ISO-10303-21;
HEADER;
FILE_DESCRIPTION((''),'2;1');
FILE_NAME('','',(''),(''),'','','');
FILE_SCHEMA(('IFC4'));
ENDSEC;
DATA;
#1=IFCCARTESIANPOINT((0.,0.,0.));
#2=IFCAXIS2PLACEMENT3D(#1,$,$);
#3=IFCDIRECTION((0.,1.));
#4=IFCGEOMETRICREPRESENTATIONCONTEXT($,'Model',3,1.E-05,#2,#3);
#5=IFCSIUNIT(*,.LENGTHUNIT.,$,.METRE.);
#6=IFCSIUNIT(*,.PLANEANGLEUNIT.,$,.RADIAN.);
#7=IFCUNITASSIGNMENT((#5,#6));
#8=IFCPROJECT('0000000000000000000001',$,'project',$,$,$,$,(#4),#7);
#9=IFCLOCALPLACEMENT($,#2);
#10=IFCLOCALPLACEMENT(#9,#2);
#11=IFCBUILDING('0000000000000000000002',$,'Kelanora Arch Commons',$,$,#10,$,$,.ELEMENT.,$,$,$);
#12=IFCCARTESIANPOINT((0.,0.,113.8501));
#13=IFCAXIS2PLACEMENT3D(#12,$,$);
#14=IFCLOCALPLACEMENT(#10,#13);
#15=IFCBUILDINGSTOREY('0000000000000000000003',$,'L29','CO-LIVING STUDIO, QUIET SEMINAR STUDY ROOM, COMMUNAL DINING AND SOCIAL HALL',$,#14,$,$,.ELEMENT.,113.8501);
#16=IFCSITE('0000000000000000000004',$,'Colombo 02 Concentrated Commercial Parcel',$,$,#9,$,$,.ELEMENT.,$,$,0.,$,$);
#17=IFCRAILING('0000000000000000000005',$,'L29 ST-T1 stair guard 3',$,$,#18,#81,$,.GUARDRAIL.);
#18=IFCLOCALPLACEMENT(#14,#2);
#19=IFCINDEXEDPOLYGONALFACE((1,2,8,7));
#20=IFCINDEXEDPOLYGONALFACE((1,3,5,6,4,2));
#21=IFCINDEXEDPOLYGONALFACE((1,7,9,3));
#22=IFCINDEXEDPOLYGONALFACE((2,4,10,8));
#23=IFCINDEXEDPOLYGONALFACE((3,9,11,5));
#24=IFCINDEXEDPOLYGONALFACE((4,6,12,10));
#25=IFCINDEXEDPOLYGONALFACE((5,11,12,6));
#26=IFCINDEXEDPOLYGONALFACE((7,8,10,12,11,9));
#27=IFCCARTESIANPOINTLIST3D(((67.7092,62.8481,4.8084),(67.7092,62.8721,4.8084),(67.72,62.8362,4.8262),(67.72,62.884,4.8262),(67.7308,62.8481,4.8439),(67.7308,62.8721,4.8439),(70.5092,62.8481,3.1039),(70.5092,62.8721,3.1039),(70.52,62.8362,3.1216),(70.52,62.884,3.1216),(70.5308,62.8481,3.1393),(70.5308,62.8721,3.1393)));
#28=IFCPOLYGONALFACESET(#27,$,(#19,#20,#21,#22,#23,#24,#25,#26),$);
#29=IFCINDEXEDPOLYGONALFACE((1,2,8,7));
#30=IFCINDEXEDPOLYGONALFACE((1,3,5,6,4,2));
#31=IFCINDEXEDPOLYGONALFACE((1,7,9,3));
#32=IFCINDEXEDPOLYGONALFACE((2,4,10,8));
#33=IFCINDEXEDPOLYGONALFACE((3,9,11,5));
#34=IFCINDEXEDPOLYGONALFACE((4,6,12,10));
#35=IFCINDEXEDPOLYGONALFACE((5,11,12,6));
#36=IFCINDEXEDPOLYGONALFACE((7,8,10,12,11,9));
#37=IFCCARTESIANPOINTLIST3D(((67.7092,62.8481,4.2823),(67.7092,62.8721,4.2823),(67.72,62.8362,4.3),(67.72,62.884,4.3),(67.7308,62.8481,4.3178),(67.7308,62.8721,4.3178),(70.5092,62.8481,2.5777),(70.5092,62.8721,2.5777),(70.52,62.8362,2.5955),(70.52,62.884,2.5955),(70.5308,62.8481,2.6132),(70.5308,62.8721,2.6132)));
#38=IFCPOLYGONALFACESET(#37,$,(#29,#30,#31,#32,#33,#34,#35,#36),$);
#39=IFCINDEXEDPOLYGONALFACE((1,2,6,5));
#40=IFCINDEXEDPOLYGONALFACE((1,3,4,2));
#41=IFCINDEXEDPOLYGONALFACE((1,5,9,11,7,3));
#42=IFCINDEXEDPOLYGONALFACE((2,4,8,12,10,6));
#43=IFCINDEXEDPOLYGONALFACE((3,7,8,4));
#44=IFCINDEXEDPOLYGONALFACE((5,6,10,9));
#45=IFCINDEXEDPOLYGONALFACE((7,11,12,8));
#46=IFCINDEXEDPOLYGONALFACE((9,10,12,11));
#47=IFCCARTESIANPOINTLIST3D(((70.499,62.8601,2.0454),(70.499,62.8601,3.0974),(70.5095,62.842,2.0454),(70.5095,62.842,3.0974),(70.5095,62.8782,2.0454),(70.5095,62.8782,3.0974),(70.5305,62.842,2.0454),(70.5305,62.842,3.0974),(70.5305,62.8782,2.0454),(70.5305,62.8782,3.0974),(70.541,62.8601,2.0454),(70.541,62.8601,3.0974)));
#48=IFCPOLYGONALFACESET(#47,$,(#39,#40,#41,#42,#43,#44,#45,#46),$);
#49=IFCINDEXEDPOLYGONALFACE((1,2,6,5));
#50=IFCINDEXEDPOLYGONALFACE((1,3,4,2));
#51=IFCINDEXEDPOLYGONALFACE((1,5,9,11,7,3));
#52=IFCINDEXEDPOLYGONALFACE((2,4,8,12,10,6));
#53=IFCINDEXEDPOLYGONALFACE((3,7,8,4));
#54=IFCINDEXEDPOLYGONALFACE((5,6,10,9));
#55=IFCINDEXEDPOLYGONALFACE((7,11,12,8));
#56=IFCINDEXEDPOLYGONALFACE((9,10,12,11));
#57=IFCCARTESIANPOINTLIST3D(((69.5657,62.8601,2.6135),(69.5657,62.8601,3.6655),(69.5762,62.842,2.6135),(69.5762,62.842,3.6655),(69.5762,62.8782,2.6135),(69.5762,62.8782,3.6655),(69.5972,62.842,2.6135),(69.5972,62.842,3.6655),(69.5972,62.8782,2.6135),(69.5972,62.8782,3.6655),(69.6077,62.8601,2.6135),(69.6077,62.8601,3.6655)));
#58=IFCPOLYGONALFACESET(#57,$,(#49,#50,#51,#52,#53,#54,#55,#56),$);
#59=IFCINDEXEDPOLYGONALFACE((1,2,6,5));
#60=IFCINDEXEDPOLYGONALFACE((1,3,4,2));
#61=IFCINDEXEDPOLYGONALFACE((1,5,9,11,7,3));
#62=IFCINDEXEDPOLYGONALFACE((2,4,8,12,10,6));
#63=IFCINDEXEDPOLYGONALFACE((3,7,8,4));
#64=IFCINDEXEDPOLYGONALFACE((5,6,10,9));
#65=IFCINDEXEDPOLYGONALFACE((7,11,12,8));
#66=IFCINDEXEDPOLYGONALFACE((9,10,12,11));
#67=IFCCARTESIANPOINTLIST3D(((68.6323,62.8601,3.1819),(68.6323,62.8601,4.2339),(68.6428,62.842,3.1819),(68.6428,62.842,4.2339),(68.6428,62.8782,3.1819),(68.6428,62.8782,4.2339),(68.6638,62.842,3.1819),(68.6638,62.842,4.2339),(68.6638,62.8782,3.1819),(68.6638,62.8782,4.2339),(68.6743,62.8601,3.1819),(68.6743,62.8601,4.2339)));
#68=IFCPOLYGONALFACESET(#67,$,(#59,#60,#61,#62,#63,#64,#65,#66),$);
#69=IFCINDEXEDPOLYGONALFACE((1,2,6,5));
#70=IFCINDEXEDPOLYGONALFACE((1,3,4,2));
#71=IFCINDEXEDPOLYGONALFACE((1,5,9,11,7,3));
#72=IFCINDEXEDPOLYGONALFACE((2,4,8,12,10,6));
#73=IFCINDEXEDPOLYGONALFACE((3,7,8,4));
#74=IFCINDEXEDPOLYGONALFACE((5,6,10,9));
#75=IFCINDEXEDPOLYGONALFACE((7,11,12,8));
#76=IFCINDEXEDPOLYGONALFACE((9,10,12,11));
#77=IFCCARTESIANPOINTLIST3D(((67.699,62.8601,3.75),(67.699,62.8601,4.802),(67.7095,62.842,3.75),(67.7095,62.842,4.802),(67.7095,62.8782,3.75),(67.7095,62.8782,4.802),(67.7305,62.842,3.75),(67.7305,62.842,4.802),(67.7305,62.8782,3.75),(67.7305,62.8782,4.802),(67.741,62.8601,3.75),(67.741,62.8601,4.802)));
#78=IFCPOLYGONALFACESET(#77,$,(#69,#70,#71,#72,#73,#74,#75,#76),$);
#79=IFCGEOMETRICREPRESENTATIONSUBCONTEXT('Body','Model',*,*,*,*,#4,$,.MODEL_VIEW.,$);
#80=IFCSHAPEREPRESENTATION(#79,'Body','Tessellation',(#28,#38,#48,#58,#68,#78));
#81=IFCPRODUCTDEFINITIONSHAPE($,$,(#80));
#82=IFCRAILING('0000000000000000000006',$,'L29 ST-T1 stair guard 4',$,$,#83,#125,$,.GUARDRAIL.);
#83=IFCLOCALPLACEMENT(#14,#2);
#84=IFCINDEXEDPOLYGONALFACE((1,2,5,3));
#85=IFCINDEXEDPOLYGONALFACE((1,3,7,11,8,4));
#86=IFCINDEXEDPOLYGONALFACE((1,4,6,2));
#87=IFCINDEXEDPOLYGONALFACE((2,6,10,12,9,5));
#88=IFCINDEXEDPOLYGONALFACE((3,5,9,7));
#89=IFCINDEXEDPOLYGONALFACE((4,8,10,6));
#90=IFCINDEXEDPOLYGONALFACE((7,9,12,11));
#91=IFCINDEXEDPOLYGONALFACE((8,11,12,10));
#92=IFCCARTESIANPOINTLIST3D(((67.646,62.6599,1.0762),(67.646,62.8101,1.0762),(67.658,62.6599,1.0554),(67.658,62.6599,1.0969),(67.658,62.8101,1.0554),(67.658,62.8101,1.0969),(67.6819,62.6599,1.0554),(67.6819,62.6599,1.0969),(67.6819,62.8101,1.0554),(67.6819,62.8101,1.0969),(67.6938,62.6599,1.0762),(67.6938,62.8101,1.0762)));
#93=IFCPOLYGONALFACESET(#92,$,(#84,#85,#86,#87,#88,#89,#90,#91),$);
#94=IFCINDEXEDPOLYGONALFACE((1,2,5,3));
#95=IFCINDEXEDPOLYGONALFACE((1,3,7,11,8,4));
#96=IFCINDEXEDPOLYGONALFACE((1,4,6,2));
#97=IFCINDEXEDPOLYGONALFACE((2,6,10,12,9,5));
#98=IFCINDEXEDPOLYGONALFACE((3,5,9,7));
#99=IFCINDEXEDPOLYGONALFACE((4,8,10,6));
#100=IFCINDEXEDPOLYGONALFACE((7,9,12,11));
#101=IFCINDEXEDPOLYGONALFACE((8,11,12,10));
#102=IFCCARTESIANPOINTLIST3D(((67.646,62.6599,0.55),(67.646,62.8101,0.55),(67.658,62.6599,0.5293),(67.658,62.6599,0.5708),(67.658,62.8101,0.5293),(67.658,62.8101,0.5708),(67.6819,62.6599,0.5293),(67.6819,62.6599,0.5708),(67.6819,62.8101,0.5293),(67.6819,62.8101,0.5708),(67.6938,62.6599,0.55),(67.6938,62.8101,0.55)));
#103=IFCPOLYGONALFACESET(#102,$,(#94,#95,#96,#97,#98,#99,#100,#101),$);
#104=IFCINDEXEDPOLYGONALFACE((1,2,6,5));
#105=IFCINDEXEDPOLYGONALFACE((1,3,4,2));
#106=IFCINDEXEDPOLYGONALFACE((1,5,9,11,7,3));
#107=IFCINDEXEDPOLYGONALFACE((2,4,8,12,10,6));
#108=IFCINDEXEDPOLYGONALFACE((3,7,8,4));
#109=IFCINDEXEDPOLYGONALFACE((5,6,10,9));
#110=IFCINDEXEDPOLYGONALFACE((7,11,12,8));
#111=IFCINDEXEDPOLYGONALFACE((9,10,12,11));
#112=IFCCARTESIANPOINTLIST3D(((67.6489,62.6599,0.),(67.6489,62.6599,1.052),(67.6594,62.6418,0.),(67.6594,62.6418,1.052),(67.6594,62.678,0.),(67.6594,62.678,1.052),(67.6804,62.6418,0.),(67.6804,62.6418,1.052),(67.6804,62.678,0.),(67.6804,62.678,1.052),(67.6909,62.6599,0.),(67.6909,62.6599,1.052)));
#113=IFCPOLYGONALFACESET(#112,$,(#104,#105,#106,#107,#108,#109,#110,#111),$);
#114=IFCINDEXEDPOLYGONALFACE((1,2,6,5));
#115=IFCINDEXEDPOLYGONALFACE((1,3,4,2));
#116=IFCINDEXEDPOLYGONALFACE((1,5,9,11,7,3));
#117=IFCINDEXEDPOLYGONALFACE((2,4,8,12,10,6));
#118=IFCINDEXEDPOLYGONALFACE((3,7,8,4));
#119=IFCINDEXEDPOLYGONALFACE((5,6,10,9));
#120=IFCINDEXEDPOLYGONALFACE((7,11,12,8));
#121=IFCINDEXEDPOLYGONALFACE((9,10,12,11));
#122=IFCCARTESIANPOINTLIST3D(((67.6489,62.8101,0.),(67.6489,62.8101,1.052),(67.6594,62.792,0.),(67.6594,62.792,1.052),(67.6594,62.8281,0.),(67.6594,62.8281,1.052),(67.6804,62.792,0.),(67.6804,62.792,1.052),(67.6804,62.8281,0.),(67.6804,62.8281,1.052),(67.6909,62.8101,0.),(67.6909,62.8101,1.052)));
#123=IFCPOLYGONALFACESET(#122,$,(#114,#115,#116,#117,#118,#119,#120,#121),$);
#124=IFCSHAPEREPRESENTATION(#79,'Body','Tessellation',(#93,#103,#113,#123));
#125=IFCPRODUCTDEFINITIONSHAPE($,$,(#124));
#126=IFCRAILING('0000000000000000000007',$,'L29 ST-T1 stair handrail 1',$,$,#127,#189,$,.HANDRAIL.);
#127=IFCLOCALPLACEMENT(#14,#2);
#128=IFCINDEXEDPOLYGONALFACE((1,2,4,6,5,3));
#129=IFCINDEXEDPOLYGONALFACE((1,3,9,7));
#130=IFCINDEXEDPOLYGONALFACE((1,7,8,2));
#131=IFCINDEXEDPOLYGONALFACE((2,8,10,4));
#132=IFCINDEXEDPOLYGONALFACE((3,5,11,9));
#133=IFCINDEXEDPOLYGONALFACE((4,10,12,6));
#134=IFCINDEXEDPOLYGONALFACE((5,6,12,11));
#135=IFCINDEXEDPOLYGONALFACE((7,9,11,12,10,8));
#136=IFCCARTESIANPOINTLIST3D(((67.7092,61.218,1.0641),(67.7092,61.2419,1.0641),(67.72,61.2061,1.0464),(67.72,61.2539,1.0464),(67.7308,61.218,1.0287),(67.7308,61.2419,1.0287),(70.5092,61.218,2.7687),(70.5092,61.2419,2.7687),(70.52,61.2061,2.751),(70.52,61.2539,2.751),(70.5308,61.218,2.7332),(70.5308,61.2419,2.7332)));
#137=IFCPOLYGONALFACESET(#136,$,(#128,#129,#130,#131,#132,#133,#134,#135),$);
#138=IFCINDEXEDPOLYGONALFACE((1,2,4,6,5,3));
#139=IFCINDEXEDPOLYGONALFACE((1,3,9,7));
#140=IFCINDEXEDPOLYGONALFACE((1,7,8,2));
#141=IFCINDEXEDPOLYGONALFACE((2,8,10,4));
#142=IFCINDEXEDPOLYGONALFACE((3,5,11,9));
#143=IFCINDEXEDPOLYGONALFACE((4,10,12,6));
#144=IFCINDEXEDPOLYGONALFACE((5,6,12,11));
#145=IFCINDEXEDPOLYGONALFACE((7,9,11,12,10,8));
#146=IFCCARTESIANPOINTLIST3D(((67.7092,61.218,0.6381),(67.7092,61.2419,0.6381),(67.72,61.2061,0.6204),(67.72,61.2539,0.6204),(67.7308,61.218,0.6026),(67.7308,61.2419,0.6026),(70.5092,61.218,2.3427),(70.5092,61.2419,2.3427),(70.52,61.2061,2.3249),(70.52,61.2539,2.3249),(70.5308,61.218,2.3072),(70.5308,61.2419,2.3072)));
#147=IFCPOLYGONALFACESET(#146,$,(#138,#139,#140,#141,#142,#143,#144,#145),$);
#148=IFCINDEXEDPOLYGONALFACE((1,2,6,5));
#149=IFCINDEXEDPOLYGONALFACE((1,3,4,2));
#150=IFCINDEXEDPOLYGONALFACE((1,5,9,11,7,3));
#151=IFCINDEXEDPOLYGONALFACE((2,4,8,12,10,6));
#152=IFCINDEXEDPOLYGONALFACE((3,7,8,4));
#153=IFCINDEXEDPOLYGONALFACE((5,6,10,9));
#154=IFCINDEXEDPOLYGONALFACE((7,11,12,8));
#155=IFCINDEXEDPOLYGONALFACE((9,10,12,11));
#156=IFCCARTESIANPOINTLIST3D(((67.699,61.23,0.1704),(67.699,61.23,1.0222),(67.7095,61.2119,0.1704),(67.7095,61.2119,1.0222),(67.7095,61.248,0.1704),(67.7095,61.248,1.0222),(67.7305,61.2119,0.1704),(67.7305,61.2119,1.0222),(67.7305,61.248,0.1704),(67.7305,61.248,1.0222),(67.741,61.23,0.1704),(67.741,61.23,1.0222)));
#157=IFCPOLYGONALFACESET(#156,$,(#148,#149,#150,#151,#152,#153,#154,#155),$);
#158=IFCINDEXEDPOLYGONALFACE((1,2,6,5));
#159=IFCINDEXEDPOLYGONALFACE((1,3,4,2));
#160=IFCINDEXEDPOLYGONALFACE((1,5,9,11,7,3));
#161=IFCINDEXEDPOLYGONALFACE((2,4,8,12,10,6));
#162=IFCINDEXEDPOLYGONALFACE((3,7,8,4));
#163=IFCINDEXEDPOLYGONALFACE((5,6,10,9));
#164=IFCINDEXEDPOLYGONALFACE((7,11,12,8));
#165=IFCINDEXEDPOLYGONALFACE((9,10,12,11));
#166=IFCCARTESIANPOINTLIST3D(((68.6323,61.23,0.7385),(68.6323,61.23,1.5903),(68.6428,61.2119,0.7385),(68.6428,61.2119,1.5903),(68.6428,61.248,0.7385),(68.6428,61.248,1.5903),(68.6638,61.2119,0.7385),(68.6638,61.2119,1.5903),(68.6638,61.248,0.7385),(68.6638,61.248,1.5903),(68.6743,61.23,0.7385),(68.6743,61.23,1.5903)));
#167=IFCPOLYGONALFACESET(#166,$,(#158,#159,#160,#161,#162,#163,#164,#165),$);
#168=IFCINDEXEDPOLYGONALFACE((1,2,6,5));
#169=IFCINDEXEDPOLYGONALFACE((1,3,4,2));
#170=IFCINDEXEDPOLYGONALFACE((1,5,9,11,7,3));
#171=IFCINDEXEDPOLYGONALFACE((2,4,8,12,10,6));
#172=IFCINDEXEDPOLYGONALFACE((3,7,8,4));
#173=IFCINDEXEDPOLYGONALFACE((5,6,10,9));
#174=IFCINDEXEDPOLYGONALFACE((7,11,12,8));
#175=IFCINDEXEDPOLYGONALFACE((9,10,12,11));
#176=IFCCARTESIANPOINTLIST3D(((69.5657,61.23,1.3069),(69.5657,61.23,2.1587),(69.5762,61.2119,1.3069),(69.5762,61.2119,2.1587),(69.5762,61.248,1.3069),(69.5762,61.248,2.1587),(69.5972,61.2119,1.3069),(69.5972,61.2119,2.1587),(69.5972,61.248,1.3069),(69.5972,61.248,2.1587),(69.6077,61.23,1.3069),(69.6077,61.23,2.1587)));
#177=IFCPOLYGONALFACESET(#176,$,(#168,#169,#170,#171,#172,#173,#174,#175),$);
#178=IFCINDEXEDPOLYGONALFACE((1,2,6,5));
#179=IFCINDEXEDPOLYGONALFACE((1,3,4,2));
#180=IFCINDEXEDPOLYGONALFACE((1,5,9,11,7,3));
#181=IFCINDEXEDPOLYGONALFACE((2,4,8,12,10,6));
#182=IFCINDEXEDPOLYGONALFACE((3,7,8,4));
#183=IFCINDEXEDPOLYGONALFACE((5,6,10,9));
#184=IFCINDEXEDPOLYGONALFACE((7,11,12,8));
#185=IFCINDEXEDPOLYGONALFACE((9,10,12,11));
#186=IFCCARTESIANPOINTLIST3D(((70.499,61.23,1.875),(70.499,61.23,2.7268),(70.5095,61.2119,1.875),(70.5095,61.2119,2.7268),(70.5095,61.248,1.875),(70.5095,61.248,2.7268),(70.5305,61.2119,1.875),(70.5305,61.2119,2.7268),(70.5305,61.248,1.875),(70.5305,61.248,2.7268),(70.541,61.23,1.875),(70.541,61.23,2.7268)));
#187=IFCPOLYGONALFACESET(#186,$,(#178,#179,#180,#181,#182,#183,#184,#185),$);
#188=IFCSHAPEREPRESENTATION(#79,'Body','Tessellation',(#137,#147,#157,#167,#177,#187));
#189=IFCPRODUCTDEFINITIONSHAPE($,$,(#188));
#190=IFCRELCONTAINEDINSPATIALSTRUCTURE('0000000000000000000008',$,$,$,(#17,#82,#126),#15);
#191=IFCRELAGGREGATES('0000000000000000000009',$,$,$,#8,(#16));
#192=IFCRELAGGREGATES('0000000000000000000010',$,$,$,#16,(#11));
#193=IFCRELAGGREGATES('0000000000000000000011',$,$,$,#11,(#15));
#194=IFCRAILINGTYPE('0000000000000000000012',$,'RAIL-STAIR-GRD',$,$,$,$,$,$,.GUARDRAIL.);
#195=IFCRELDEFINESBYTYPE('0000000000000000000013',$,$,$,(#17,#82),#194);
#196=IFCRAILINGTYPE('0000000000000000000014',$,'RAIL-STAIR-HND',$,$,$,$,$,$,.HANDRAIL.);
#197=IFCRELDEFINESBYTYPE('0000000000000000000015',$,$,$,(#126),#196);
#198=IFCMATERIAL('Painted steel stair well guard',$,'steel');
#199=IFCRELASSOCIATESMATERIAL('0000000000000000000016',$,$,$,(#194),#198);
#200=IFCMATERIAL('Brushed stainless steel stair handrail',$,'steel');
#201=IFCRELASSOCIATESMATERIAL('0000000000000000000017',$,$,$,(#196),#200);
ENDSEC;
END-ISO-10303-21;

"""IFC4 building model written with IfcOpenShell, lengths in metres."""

from ifc_helpers import new_model, si_unit, direction, frame, origin, place, context, subcontext, project, spatial, polyline, outline, extrude, material, type_object, element, save


model = new_model("IFC4")

# Units and contexts
model_context = context("Model", 3, precision=1e-05, world=origin(), true_north=direction((0.0, 1.0)))
body_context = subcontext(model_context, "Body", "Model", "MODEL_VIEW")
ifc_project = project(units=[si_unit("LENGTHUNIT", "METRE"), si_unit("PLANEANGLEUNIT", "RADIAN")], contexts=[model_context])

# Site, building, storey
site_placement = place(None, origin())
site = spatial("IfcSite", under=ifc_project, at=site_placement, Name="Colombo 02 Concentrated Commercial Parcel", CompositionType="ELEMENT", RefElevation=0.0)
building_placement = place(site_placement, origin())
building = spatial("IfcBuilding", under=site, at=building_placement, Name="Kelanora Arch Commons", CompositionType="ELEMENT")
storey_placement = place(building_placement, frame((0.0, 0.0, 113.8501)))
storey = spatial("IfcBuildingStorey", under=building, at=storey_placement, Name="L29", Description="CO-LIVING STUDIO, QUIET SEMINAR STUDY ROOM, COMMUNAL DINING AND SOCIAL HALL", CompositionType="ELEMENT", Elevation=113.8501)

# Railings
ifc_material_1 = material(Name="Painted steel stair well guard", Category="steel")
railing_type_1 = type_object("IfcRailingType", Name="RAIL-STAIR-GRD", PredefinedType="GUARDRAIL", material=ifc_material_1)
railing_1_placement = place(storey_placement, frame((70.52, 62.8601, 2.0454)))
element("IfcRailing", 1, at=railing_1_placement, inside=storey, type_object=railing_type_1, Name="L29 ST-T1 stair guard 3", PredefinedType="GUARDRAIL", context=body_context, shape_type="SweptSolid", body=[
    extrude(outline(polyline([(0.0239, 0.0), (0.012, 0.0208), (-0.012, 0.0208), (-0.0239, 0.0), (-0.012, -0.0208), (0.012, -0.0208), (0.0239, 0.0)])), frame((0.0, 0.0, 1.0762), z_axis=(-0.85417, 0.0, 0.519994), x_axis=(0.0, -1.0, 0.0)), (0.0, 0.0, 1.0), 3.2781),
    extrude(outline(polyline([(0.0239, 0.0), (0.012, 0.0208), (-0.012, 0.0208), (-0.0239, 0.0), (-0.012, -0.0208), (0.012, -0.0208), (0.0239, 0.0)])), frame((0.0, 0.0, 0.55), z_axis=(-0.85417, 0.0, 0.519994), x_axis=(0.0, -1.0, 0.0)), (0.0, 0.0, 1.0), 3.2781),
    extrude(outline(polyline([(0.021, 0.0), (0.0105, 0.0181), (-0.0105, 0.0181), (-0.021, 0.0), (-0.0105, -0.0181), (0.0105, -0.0181), (0.021, 0.0)])), origin(), (0.0, 0.0, 1.0), 1.052),
    extrude(outline(polyline([(0.021, 0.0), (0.0105, 0.0181), (-0.0105, 0.0181), (-0.021, 0.0), (-0.0105, -0.0181), (0.0105, -0.0181), (0.021, 0.0)])), frame((-0.9333, 0.0, 0.5681)), (0.0, 0.0, 1.0), 1.052),
    extrude(outline(polyline([(0.021, 0.0), (0.0105, 0.0181), (-0.0105, 0.0181), (-0.021, 0.0), (-0.0105, -0.0181), (0.0105, -0.0181), (0.021, 0.0)])), frame((-1.8667, 0.0, 1.1365)), (0.0, 0.0, 1.0), 1.052),
    extrude(outline(polyline([(0.021, 0.0), (0.0105, 0.0181), (-0.0105, 0.0181), (-0.021, 0.0), (-0.0105, -0.0181), (0.0105, -0.0181), (0.021, 0.0)])), frame((-2.8, 0.0, 1.7046)), (0.0, 0.0, 1.0), 1.052),
])
railing_2_placement = place(storey_placement, frame((67.6699, 62.6599, 0.0)))
element("IfcRailing", 2, at=railing_2_placement, inside=storey, type_object=railing_type_1, Name="L29 ST-T1 stair guard 4", PredefinedType="GUARDRAIL", context=body_context, shape_type="SweptSolid", body=[
    extrude(outline(polyline([(0.0239, 0.0), (0.012, 0.0208), (-0.012, 0.0208), (-0.0239, 0.0), (-0.012, -0.0208), (0.012, -0.0208), (0.0239, 0.0)])), frame((0.0, 0.0, 1.0762), z_axis=(0.0, 1.0, 0.0), x_axis=(-1.0, 0.0, 0.0)), (0.0, 0.0, 1.0), 0.1501),
    extrude(outline(polyline([(0.0239, 0.0), (0.012, 0.0208), (-0.012, 0.0208), (-0.0239, 0.0), (-0.012, -0.0208), (0.012, -0.0208), (0.0239, 0.0)])), frame((0.0, 0.0, 0.55), z_axis=(0.0, 1.0, 0.0), x_axis=(-1.0, 0.0, 0.0)), (0.0, 0.0, 1.0), 0.1501),
    extrude(outline(polyline([(0.021, 0.0), (0.0105, 0.0181), (-0.0105, 0.0181), (-0.021, 0.0), (-0.0105, -0.0181), (0.0105, -0.0181), (0.021, 0.0)])), origin(), (0.0, 0.0, 1.0), 1.052),
    extrude(outline(polyline([(0.021, 0.0), (0.0105, 0.0181), (-0.0105, 0.0181), (-0.021, 0.0), (-0.0105, -0.0181), (0.0105, -0.0181), (0.021, 0.0)])), frame((0.0, 0.1501, 0.0)), (0.0, 0.0, 1.0), 1.052),
])
ifc_material_2 = material(Name="Brushed stainless steel stair handrail", Category="steel")
railing_type_2 = type_object("IfcRailingType", Name="RAIL-STAIR-HND", PredefinedType="HANDRAIL", material=ifc_material_2)
railing_3_placement = place(storey_placement, frame((67.72, 61.23, 0.1704)))
element("IfcRailing", 3, at=railing_3_placement, inside=storey, type_object=railing_type_2, Name="L29 ST-T1 stair handrail 1", PredefinedType="HANDRAIL", context=body_context, shape_type="SweptSolid", body=[
    extrude(outline(polyline([(0.0239, 0.0), (0.012, 0.0208), (-0.012, 0.0208), (-0.0239, 0.0), (-0.012, -0.0208), (0.012, -0.0208), (0.0239, 0.0)])), frame((0.0, 0.0, 0.876), z_axis=(0.85417, 0.0, 0.519994), x_axis=(0.0, 1.0, 0.0)), (0.0, 0.0, 1.0), 3.2781),
    extrude(outline(polyline([(0.0239, 0.0), (0.012, 0.0208), (-0.012, 0.0208), (-0.0239, 0.0), (-0.012, -0.0208), (0.012, -0.0208), (0.0239, 0.0)])), frame((0.0, 0.0, 0.45), z_axis=(0.85417, 0.0, 0.519994), x_axis=(0.0, 1.0, 0.0)), (0.0, 0.0, 1.0), 3.2781),
    extrude(outline(polyline([(0.021, 0.0), (0.0105, 0.0181), (-0.0105, 0.0181), (-0.021, 0.0), (-0.0105, -0.0181), (0.0105, -0.0181), (0.021, 0.0)])), origin(), (0.0, 0.0, 1.0), 0.8518),
    extrude(outline(polyline([(0.021, 0.0), (0.0105, 0.0181), (-0.0105, 0.0181), (-0.021, 0.0), (-0.0105, -0.0181), (0.0105, -0.0181), (0.021, 0.0)])), frame((0.9333, 0.0, 0.5681)), (0.0, 0.0, 1.0), 0.8518),
    extrude(outline(polyline([(0.021, 0.0), (0.0105, 0.0181), (-0.0105, 0.0181), (-0.021, 0.0), (-0.0105, -0.0181), (0.0105, -0.0181), (0.021, 0.0)])), frame((1.8667, 0.0, 1.1365)), (0.0, 0.0, 1.0), 0.8518),
    extrude(outline(polyline([(0.021, 0.0), (0.0105, 0.0181), (-0.0105, 0.0181), (-0.021, 0.0), (-0.0105, -0.0181), (0.0105, -0.0181), (0.021, 0.0)])), frame((2.8, 0.0, 1.7046)), (0.0, 0.0, 1.0), 0.8518),
])

save(model, "model.ifc")
